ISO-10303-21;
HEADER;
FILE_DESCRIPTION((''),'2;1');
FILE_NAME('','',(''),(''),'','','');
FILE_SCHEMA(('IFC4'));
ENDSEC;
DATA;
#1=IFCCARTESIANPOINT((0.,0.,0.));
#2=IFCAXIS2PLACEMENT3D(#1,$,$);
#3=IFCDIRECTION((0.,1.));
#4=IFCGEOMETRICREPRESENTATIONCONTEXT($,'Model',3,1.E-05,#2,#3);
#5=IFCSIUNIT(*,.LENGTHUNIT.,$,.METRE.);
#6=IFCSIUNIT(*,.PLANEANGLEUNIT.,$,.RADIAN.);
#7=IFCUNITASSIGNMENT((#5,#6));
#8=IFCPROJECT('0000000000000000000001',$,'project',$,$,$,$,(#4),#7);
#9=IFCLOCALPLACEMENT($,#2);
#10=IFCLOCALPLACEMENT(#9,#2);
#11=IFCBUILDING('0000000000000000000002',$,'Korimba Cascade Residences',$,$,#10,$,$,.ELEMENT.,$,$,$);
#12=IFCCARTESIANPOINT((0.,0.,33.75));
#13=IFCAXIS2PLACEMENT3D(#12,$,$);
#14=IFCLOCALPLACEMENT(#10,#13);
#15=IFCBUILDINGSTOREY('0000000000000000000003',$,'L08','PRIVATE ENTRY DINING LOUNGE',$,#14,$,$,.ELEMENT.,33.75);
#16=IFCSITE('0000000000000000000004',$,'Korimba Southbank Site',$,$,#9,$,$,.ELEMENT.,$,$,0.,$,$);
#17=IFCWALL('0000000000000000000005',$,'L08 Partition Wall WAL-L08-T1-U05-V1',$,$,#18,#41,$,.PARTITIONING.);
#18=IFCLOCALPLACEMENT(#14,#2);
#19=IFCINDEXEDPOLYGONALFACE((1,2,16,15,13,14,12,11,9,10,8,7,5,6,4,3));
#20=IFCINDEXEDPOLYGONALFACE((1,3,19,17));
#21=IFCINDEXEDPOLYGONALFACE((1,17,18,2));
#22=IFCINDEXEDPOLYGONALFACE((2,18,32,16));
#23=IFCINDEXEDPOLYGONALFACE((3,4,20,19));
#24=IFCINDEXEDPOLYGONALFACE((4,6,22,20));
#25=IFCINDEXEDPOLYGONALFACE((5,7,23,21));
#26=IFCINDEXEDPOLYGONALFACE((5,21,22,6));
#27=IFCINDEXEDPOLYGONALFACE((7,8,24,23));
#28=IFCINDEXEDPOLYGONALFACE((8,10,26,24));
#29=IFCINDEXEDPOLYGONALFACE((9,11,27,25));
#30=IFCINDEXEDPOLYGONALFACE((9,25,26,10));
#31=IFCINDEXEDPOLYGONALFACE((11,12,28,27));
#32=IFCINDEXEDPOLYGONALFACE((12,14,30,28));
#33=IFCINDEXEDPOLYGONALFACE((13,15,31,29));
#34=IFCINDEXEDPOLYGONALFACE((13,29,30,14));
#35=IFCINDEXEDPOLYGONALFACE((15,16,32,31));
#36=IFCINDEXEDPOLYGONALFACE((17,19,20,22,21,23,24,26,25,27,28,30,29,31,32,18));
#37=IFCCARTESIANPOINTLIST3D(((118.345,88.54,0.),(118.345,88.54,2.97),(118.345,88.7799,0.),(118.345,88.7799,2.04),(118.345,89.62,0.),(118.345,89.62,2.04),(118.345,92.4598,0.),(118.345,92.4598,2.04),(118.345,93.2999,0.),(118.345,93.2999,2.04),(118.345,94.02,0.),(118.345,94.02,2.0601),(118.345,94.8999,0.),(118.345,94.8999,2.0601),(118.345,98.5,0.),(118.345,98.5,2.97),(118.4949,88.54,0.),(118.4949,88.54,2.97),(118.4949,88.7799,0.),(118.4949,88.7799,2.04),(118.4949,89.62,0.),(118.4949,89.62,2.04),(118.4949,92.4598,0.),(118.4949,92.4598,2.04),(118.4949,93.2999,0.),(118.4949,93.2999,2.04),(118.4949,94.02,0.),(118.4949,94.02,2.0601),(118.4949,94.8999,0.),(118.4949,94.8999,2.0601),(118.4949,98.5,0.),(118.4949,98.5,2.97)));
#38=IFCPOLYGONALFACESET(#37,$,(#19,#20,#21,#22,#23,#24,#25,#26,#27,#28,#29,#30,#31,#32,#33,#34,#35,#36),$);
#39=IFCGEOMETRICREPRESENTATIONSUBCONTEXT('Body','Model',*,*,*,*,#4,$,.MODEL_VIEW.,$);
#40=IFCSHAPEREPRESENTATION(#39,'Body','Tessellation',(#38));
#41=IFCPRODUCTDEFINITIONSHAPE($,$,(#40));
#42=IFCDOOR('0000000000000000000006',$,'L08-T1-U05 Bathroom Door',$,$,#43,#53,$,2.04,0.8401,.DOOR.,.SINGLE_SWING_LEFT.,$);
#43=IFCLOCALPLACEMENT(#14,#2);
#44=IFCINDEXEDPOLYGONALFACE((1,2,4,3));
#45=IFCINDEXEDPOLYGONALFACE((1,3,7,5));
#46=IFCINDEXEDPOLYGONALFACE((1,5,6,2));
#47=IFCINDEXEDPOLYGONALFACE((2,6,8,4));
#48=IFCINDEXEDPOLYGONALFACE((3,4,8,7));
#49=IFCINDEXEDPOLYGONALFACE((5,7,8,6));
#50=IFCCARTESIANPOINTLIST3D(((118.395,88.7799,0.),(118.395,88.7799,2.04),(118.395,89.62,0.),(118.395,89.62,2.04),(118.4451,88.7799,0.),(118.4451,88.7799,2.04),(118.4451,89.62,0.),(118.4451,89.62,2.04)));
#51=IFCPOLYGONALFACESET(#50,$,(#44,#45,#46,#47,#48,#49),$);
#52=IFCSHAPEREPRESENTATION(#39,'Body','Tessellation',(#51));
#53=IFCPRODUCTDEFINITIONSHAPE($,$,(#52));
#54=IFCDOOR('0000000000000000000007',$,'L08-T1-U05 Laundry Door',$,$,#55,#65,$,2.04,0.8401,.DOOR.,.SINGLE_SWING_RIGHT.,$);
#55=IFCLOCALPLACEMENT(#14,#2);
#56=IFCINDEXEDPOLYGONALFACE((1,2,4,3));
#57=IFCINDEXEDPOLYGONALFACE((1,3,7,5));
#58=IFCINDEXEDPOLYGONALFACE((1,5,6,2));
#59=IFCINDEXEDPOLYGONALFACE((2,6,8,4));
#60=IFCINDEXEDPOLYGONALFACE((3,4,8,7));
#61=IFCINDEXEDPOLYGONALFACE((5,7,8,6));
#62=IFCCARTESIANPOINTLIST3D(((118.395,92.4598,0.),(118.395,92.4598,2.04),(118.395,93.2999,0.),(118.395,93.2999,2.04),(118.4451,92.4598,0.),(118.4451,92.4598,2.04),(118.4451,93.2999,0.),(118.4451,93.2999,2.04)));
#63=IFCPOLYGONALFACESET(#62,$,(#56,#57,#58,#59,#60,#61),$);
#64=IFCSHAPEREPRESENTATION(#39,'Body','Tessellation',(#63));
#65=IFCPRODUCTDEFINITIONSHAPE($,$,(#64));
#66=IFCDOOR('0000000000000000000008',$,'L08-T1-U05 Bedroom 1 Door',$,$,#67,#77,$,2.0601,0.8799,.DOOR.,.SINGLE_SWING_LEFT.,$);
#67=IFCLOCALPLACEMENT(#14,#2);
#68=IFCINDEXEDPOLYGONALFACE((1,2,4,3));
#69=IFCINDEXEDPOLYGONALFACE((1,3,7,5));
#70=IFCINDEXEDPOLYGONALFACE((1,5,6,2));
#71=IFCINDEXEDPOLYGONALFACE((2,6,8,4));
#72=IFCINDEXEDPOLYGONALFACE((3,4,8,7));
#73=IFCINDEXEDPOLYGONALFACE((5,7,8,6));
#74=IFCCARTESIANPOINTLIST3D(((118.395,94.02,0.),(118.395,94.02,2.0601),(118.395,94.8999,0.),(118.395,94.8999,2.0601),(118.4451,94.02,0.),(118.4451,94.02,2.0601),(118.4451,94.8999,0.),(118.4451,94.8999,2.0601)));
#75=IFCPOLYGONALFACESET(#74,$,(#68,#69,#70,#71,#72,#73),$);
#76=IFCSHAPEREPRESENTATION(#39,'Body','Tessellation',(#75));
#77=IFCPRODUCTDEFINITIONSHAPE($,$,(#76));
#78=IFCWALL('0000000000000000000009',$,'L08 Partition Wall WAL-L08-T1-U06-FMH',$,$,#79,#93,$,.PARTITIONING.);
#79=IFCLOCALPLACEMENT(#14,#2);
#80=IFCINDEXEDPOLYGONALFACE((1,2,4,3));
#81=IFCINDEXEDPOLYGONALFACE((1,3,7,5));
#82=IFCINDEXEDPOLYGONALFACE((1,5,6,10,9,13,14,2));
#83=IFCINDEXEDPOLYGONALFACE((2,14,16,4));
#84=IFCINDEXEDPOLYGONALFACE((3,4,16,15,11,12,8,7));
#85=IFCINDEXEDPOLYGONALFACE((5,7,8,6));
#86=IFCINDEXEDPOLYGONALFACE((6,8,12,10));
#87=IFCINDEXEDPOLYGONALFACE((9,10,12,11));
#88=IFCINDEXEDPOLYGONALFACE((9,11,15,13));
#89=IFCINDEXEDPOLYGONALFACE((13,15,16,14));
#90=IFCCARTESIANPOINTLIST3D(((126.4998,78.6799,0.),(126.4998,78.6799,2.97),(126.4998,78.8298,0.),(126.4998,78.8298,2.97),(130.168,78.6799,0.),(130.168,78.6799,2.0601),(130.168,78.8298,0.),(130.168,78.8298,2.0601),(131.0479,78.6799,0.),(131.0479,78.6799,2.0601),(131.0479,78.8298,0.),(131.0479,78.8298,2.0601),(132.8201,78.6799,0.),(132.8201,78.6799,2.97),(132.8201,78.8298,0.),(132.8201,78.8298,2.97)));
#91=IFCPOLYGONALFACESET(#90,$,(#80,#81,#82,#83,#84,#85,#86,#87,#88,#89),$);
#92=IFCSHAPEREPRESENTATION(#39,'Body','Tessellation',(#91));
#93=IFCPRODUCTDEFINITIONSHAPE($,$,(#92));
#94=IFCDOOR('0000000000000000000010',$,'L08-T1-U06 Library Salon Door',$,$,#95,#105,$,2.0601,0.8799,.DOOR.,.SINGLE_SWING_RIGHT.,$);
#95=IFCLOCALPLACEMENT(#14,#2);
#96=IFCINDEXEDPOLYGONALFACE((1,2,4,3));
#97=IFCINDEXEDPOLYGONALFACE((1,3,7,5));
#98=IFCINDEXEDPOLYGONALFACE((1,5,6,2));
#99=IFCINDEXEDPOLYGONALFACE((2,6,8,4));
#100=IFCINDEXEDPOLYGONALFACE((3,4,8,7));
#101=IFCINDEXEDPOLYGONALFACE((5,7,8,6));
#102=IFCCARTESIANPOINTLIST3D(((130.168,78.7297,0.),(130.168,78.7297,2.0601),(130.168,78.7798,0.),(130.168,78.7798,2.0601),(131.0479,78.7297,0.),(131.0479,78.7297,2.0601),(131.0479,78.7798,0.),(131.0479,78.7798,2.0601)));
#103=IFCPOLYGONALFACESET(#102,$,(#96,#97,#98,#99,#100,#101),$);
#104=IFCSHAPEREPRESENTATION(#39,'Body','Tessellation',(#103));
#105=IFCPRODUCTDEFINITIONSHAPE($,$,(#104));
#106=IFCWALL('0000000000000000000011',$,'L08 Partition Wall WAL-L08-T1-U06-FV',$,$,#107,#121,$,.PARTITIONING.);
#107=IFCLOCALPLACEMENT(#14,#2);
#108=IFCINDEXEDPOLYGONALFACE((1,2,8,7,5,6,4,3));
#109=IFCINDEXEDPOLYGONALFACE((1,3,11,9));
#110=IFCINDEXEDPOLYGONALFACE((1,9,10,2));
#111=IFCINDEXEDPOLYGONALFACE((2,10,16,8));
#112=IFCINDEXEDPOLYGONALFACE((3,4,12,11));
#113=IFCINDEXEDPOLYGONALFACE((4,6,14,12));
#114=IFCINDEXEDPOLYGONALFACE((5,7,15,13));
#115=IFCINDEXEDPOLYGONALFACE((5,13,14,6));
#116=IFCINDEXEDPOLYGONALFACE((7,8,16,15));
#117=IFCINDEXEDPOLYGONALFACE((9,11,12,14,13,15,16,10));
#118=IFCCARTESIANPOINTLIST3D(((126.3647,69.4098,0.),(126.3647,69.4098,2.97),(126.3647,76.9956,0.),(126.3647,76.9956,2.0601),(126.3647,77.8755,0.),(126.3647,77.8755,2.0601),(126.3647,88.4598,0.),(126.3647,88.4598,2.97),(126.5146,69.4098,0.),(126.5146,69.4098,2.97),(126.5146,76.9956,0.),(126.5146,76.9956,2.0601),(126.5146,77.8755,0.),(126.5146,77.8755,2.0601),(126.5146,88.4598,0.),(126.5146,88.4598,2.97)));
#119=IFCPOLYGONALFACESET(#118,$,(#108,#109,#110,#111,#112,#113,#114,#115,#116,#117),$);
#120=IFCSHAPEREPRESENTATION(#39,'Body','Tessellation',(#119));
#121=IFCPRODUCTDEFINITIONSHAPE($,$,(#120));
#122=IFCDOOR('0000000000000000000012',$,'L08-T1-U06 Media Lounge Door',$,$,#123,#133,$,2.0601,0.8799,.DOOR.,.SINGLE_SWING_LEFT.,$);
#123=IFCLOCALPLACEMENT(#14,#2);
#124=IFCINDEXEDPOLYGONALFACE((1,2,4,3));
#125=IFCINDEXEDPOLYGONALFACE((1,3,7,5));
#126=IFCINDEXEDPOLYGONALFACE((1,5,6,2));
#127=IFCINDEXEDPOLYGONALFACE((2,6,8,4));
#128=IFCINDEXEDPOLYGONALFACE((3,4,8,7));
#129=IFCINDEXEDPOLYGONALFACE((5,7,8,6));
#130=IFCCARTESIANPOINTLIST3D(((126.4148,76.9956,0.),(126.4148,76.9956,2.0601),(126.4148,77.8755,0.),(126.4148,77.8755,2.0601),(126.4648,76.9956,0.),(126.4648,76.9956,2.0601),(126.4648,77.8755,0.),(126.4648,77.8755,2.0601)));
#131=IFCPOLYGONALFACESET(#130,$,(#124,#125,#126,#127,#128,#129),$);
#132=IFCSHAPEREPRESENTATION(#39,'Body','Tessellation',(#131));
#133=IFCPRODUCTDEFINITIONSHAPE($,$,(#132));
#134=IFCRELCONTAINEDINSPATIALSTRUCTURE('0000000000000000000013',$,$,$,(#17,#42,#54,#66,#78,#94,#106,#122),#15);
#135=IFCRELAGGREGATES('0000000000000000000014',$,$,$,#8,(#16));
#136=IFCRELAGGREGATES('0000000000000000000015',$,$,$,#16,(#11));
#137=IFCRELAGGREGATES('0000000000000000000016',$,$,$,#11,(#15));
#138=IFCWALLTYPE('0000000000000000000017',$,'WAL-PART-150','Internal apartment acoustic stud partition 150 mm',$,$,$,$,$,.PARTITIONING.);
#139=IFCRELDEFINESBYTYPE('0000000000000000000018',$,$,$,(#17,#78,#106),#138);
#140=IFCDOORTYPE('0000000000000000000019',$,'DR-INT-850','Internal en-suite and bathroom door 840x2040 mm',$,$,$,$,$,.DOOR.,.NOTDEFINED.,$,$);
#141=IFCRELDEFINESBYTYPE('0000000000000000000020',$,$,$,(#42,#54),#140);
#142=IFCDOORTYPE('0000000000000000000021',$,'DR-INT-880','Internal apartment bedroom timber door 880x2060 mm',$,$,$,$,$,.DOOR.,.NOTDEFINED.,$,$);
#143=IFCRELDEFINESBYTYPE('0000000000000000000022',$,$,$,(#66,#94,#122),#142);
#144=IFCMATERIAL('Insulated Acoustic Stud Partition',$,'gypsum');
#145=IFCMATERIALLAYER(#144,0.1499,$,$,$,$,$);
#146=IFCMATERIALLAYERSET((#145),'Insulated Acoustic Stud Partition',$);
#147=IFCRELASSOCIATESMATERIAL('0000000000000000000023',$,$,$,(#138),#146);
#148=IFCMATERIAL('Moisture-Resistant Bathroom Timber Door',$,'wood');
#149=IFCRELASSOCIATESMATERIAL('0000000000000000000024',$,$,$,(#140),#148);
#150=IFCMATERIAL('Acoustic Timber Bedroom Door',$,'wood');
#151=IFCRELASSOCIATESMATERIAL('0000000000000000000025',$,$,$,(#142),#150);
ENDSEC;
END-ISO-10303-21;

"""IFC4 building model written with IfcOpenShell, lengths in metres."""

from ifc_helpers import new_model, si_unit, direction, frame, frame_2d, origin, place, context, subcontext, project, spatial, rectangle, extrude, material, layer, layer_set, type_object, element, fill, save


model = new_model("IFC4")

# Units and contexts
model_context = context("Model", 3, precision=1e-05, world=origin(), true_north=direction((0.0, 1.0)))
body_context = subcontext(model_context, "Body", "Model", "MODEL_VIEW")
ifc_project = project(units=[si_unit("LENGTHUNIT", "METRE"), si_unit("PLANEANGLEUNIT", "RADIAN")], contexts=[model_context])

# Site, building, storey
site_placement = place(None, origin())
site = spatial("IfcSite", under=ifc_project, at=site_placement, Name="Korimba Southbank Site", CompositionType="ELEMENT", RefElevation=0.0)
building_placement = place(site_placement, origin())
building = spatial("IfcBuilding", under=site, at=building_placement, Name="Korimba Cascade Residences", CompositionType="ELEMENT")
storey_placement = place(building_placement, frame((0.0, 0.0, 33.75)))
storey = spatial("IfcBuildingStorey", under=building, at=storey_placement, Name="L08", Description="PRIVATE ENTRY DINING LOUNGE", CompositionType="ELEMENT", Elevation=33.75)

# Shared definitions
ifc_material_1 = material(Name="Insulated Acoustic Stud Partition", Category="gypsum")
ifc_layer_1 = layer(ifc_material_1, 0.1499)
ifc_layer_set_1 = layer_set([ifc_layer_1], Name="Insulated Acoustic Stud Partition")
wall_type_1 = type_object("IfcWallType", Name="WAL-PART-150", Description="Internal apartment acoustic stud partition 150 mm", PredefinedType="PARTITIONING", material=ifc_layer_set_1)
ifc_material_2 = material(Name="Moisture-Resistant Bathroom Timber Door", Category="wood")
door_type_1 = type_object("IfcDoorType", Name="DR-INT-850", Description="Internal en-suite and bathroom door 840x2040 mm", OperationType="NOTDEFINED", PredefinedType="DOOR", material=ifc_material_2)
ifc_material_3 = material(Name="Acoustic Timber Bedroom Door", Category="wood")
door_type_2 = type_object("IfcDoorType", Name="DR-INT-880", Description="Internal apartment bedroom timber door 880x2060 mm", OperationType="NOTDEFINED", PredefinedType="DOOR", material=ifc_material_3)

# Wall, openings, doors
wall_1_placement = place(storey_placement, frame((118.4199, 88.54, 0.0), z_axis=(0.0, 0.0, 1.0), x_axis=(0.0, 1.0, 0.0)))
wall_1 = element("IfcWall", 1, at=wall_1_placement, inside=storey, type_object=wall_type_1, Name="L08 Partition Wall WAL-L08-T1-U05-V1", PredefinedType="PARTITIONING", context=body_context, shape_type="SweptSolid", body=[
    extrude(rectangle(XDim=9.96, YDim=0.1499, at=frame_2d((4.98, 0.0))), origin(), (0.0, 0.0, 1.0), 2.97),
])
opening_1_placement = place(wall_1_placement, frame((0.24, 0.0, 0.0)))
opening_1 = element("IfcOpeningElement", 2, at=opening_1_placement, cuts=wall_1, PredefinedType="OPENING", context=body_context, shape_type="SweptSolid", body=[
    extrude(rectangle(XDim=0.8401, YDim=2.04, at=frame_2d((0.4199, 1.02))), frame((0.0, 0.085, 0.0), z_axis=(0.0, -1.0, 0.0), x_axis=(1.0, 0.0, 0.0)), (0.0, 0.0, 1.0), 0.1699),
])
opening_2_placement = place(wall_1_placement, frame((3.9199, 0.0, 0.0)))
opening_2 = element("IfcOpeningElement", 3, at=opening_2_placement, cuts=wall_1, PredefinedType="OPENING", context=body_context, shape_type="SweptSolid", body=[
    extrude(rectangle(XDim=0.8401, YDim=2.04, at=frame_2d((0.4199, 1.02))), frame((0.0, 0.085, 0.0), z_axis=(0.0, -1.0, 0.0), x_axis=(1.0, 0.0, 0.0)), (0.0, 0.0, 1.0), 0.1699),
])
opening_3_placement = place(wall_1_placement, frame((5.48, 0.0, 0.0)))
opening_3 = element("IfcOpeningElement", 4, at=opening_3_placement, cuts=wall_1, PredefinedType="OPENING", context=body_context, shape_type="SweptSolid", body=[
    extrude(rectangle(XDim=0.8799, YDim=2.0601, at=frame_2d((0.4399, 1.03))), frame((0.0, 0.085, 0.0), z_axis=(0.0, -1.0, 0.0), x_axis=(1.0, 0.0, 0.0)), (0.0, 0.0, 1.0), 0.1699),
])
door_1_placement = place(opening_1_placement, origin())
door_1 = element("IfcDoor", 5, at=door_1_placement, inside=storey, type_object=door_type_1, Name="L08-T1-U05 Bathroom Door", OperationType="SINGLE_SWING_LEFT", OverallHeight=2.04, OverallWidth=0.8401, PredefinedType="DOOR", context=body_context, shape_type="SweptSolid", body=[
    extrude(rectangle(XDim=0.8401, YDim=2.04, at=frame_2d((0.4199, 1.02))), frame((0.0, 0.0249, 0.0), z_axis=(0.0, -1.0, 0.0), x_axis=(1.0, 0.0, 0.0)), (0.0, 0.0, 1.0), 0.05),
])
fill(opening_1, door_1)
door_2_placement = place(opening_2_placement, origin())
door_2 = element("IfcDoor", 6, at=door_2_placement, inside=storey, type_object=door_type_1, Name="L08-T1-U05 Laundry Door", OperationType="SINGLE_SWING_RIGHT", OverallHeight=2.04, OverallWidth=0.8401, PredefinedType="DOOR", context=body_context, shape_type="SweptSolid", body=[
    extrude(rectangle(XDim=0.8401, YDim=2.04, at=frame_2d((0.4199, 1.02))), frame((0.0, 0.0249, 0.0), z_axis=(0.0, -1.0, 0.0), x_axis=(1.0, 0.0, 0.0)), (0.0, 0.0, 1.0), 0.05),
])
fill(opening_2, door_2)
door_3_placement = place(opening_3_placement, origin())
door_3 = element("IfcDoor", 7, at=door_3_placement, inside=storey, type_object=door_type_2, Name="L08-T1-U05 Bedroom 1 Door", OperationType="SINGLE_SWING_LEFT", OverallHeight=2.0601, OverallWidth=0.8799, PredefinedType="DOOR", context=body_context, shape_type="SweptSolid", body=[
    extrude(rectangle(XDim=0.8799, YDim=2.0601, at=frame_2d((0.4399, 1.03))), frame((0.0, 0.0249, 0.0), z_axis=(0.0, -1.0, 0.0), x_axis=(1.0, 0.0, 0.0)), (0.0, 0.0, 1.0), 0.05),
])
fill(opening_3, door_3)

# Walls, openings, doors
wall_2_placement = place(storey_placement, frame((126.4998, 78.7549, 0.0), z_axis=(0.0, 0.0, 1.0), x_axis=(1.0, 0.0, 0.0)))
wall_2 = element("IfcWall", 8, at=wall_2_placement, inside=storey, type_object=wall_type_1, Name="L08 Partition Wall WAL-L08-T1-U06-FMH", PredefinedType="PARTITIONING", context=body_context, shape_type="SweptSolid", body=[
    extrude(rectangle(XDim=6.3203, YDim=0.1499, at=frame_2d((3.1602, 0.0))), origin(), (0.0, 0.0, 1.0), 2.97),
])
opening_4_placement = place(wall_2_placement, frame((3.6682, 0.0, 0.0)))
opening_4 = element("IfcOpeningElement", 9, at=opening_4_placement, cuts=wall_2, PredefinedType="OPENING", context=body_context, shape_type="SweptSolid", body=[
    extrude(rectangle(XDim=0.8799, YDim=2.0601, at=frame_2d((0.4399, 1.03))), frame((0.0, 0.085, 0.0), z_axis=(0.0, -1.0, 0.0), x_axis=(1.0, 0.0, 0.0)), (0.0, 0.0, 1.0), 0.1699),
])
door_4_placement = place(opening_4_placement, origin())
door_4 = element("IfcDoor", 10, at=door_4_placement, inside=storey, type_object=door_type_2, Name="L08-T1-U06 Library Salon Door", OperationType="SINGLE_SWING_RIGHT", OverallHeight=2.0601, OverallWidth=0.8799, PredefinedType="DOOR", context=body_context, shape_type="SweptSolid", body=[
    extrude(rectangle(XDim=0.8799, YDim=2.0601, at=frame_2d((0.4399, 1.03))), frame((0.0, 0.0249, 0.0), z_axis=(0.0, -1.0, 0.0), x_axis=(1.0, 0.0, 0.0)), (0.0, 0.0, 1.0), 0.05),
])
fill(opening_4, door_4)
wall_3_placement = place(storey_placement, frame((126.4397, 69.4099, 0.0), z_axis=(0.0, 0.0, 1.0), x_axis=(0.0, 1.0, 0.0)))
wall_3 = element("IfcWall", 11, at=wall_3_placement, inside=storey, type_object=wall_type_1, Name="L08 Partition Wall WAL-L08-T1-U06-FV", PredefinedType="PARTITIONING", context=body_context, shape_type="SweptSolid", body=[
    extrude(rectangle(XDim=19.05, YDim=0.1499, at=frame_2d((9.5249, 0.0))), origin(), (0.0, 0.0, 1.0), 2.97),
])
opening_5_placement = place(wall_3_placement, frame((7.5857, 0.0, 0.0)))
opening_5 = element("IfcOpeningElement", 12, at=opening_5_placement, cuts=wall_3, PredefinedType="OPENING", context=body_context, shape_type="SweptSolid", body=[
    extrude(rectangle(XDim=0.8799, YDim=2.0601, at=frame_2d((0.4399, 1.03))), frame((0.0, 0.085, 0.0), z_axis=(0.0, -1.0, 0.0), x_axis=(1.0, 0.0, 0.0)), (0.0, 0.0, 1.0), 0.1699),
])
door_5_placement = place(opening_5_placement, origin())
door_5 = element("IfcDoor", 13, at=door_5_placement, inside=storey, type_object=door_type_2, Name="L08-T1-U06 Media Lounge Door", OperationType="SINGLE_SWING_LEFT", OverallHeight=2.0601, OverallWidth=0.8799, PredefinedType="DOOR", context=body_context, shape_type="SweptSolid", body=[
    extrude(rectangle(XDim=0.8799, YDim=2.0601, at=frame_2d((0.4399, 1.03))), frame((0.0, 0.0249, 0.0), z_axis=(0.0, -1.0, 0.0), x_axis=(1.0, 0.0, 0.0)), (0.0, 0.0, 1.0), 0.05),
])
fill(opening_5, door_5)

save(model, "model.ifc")
